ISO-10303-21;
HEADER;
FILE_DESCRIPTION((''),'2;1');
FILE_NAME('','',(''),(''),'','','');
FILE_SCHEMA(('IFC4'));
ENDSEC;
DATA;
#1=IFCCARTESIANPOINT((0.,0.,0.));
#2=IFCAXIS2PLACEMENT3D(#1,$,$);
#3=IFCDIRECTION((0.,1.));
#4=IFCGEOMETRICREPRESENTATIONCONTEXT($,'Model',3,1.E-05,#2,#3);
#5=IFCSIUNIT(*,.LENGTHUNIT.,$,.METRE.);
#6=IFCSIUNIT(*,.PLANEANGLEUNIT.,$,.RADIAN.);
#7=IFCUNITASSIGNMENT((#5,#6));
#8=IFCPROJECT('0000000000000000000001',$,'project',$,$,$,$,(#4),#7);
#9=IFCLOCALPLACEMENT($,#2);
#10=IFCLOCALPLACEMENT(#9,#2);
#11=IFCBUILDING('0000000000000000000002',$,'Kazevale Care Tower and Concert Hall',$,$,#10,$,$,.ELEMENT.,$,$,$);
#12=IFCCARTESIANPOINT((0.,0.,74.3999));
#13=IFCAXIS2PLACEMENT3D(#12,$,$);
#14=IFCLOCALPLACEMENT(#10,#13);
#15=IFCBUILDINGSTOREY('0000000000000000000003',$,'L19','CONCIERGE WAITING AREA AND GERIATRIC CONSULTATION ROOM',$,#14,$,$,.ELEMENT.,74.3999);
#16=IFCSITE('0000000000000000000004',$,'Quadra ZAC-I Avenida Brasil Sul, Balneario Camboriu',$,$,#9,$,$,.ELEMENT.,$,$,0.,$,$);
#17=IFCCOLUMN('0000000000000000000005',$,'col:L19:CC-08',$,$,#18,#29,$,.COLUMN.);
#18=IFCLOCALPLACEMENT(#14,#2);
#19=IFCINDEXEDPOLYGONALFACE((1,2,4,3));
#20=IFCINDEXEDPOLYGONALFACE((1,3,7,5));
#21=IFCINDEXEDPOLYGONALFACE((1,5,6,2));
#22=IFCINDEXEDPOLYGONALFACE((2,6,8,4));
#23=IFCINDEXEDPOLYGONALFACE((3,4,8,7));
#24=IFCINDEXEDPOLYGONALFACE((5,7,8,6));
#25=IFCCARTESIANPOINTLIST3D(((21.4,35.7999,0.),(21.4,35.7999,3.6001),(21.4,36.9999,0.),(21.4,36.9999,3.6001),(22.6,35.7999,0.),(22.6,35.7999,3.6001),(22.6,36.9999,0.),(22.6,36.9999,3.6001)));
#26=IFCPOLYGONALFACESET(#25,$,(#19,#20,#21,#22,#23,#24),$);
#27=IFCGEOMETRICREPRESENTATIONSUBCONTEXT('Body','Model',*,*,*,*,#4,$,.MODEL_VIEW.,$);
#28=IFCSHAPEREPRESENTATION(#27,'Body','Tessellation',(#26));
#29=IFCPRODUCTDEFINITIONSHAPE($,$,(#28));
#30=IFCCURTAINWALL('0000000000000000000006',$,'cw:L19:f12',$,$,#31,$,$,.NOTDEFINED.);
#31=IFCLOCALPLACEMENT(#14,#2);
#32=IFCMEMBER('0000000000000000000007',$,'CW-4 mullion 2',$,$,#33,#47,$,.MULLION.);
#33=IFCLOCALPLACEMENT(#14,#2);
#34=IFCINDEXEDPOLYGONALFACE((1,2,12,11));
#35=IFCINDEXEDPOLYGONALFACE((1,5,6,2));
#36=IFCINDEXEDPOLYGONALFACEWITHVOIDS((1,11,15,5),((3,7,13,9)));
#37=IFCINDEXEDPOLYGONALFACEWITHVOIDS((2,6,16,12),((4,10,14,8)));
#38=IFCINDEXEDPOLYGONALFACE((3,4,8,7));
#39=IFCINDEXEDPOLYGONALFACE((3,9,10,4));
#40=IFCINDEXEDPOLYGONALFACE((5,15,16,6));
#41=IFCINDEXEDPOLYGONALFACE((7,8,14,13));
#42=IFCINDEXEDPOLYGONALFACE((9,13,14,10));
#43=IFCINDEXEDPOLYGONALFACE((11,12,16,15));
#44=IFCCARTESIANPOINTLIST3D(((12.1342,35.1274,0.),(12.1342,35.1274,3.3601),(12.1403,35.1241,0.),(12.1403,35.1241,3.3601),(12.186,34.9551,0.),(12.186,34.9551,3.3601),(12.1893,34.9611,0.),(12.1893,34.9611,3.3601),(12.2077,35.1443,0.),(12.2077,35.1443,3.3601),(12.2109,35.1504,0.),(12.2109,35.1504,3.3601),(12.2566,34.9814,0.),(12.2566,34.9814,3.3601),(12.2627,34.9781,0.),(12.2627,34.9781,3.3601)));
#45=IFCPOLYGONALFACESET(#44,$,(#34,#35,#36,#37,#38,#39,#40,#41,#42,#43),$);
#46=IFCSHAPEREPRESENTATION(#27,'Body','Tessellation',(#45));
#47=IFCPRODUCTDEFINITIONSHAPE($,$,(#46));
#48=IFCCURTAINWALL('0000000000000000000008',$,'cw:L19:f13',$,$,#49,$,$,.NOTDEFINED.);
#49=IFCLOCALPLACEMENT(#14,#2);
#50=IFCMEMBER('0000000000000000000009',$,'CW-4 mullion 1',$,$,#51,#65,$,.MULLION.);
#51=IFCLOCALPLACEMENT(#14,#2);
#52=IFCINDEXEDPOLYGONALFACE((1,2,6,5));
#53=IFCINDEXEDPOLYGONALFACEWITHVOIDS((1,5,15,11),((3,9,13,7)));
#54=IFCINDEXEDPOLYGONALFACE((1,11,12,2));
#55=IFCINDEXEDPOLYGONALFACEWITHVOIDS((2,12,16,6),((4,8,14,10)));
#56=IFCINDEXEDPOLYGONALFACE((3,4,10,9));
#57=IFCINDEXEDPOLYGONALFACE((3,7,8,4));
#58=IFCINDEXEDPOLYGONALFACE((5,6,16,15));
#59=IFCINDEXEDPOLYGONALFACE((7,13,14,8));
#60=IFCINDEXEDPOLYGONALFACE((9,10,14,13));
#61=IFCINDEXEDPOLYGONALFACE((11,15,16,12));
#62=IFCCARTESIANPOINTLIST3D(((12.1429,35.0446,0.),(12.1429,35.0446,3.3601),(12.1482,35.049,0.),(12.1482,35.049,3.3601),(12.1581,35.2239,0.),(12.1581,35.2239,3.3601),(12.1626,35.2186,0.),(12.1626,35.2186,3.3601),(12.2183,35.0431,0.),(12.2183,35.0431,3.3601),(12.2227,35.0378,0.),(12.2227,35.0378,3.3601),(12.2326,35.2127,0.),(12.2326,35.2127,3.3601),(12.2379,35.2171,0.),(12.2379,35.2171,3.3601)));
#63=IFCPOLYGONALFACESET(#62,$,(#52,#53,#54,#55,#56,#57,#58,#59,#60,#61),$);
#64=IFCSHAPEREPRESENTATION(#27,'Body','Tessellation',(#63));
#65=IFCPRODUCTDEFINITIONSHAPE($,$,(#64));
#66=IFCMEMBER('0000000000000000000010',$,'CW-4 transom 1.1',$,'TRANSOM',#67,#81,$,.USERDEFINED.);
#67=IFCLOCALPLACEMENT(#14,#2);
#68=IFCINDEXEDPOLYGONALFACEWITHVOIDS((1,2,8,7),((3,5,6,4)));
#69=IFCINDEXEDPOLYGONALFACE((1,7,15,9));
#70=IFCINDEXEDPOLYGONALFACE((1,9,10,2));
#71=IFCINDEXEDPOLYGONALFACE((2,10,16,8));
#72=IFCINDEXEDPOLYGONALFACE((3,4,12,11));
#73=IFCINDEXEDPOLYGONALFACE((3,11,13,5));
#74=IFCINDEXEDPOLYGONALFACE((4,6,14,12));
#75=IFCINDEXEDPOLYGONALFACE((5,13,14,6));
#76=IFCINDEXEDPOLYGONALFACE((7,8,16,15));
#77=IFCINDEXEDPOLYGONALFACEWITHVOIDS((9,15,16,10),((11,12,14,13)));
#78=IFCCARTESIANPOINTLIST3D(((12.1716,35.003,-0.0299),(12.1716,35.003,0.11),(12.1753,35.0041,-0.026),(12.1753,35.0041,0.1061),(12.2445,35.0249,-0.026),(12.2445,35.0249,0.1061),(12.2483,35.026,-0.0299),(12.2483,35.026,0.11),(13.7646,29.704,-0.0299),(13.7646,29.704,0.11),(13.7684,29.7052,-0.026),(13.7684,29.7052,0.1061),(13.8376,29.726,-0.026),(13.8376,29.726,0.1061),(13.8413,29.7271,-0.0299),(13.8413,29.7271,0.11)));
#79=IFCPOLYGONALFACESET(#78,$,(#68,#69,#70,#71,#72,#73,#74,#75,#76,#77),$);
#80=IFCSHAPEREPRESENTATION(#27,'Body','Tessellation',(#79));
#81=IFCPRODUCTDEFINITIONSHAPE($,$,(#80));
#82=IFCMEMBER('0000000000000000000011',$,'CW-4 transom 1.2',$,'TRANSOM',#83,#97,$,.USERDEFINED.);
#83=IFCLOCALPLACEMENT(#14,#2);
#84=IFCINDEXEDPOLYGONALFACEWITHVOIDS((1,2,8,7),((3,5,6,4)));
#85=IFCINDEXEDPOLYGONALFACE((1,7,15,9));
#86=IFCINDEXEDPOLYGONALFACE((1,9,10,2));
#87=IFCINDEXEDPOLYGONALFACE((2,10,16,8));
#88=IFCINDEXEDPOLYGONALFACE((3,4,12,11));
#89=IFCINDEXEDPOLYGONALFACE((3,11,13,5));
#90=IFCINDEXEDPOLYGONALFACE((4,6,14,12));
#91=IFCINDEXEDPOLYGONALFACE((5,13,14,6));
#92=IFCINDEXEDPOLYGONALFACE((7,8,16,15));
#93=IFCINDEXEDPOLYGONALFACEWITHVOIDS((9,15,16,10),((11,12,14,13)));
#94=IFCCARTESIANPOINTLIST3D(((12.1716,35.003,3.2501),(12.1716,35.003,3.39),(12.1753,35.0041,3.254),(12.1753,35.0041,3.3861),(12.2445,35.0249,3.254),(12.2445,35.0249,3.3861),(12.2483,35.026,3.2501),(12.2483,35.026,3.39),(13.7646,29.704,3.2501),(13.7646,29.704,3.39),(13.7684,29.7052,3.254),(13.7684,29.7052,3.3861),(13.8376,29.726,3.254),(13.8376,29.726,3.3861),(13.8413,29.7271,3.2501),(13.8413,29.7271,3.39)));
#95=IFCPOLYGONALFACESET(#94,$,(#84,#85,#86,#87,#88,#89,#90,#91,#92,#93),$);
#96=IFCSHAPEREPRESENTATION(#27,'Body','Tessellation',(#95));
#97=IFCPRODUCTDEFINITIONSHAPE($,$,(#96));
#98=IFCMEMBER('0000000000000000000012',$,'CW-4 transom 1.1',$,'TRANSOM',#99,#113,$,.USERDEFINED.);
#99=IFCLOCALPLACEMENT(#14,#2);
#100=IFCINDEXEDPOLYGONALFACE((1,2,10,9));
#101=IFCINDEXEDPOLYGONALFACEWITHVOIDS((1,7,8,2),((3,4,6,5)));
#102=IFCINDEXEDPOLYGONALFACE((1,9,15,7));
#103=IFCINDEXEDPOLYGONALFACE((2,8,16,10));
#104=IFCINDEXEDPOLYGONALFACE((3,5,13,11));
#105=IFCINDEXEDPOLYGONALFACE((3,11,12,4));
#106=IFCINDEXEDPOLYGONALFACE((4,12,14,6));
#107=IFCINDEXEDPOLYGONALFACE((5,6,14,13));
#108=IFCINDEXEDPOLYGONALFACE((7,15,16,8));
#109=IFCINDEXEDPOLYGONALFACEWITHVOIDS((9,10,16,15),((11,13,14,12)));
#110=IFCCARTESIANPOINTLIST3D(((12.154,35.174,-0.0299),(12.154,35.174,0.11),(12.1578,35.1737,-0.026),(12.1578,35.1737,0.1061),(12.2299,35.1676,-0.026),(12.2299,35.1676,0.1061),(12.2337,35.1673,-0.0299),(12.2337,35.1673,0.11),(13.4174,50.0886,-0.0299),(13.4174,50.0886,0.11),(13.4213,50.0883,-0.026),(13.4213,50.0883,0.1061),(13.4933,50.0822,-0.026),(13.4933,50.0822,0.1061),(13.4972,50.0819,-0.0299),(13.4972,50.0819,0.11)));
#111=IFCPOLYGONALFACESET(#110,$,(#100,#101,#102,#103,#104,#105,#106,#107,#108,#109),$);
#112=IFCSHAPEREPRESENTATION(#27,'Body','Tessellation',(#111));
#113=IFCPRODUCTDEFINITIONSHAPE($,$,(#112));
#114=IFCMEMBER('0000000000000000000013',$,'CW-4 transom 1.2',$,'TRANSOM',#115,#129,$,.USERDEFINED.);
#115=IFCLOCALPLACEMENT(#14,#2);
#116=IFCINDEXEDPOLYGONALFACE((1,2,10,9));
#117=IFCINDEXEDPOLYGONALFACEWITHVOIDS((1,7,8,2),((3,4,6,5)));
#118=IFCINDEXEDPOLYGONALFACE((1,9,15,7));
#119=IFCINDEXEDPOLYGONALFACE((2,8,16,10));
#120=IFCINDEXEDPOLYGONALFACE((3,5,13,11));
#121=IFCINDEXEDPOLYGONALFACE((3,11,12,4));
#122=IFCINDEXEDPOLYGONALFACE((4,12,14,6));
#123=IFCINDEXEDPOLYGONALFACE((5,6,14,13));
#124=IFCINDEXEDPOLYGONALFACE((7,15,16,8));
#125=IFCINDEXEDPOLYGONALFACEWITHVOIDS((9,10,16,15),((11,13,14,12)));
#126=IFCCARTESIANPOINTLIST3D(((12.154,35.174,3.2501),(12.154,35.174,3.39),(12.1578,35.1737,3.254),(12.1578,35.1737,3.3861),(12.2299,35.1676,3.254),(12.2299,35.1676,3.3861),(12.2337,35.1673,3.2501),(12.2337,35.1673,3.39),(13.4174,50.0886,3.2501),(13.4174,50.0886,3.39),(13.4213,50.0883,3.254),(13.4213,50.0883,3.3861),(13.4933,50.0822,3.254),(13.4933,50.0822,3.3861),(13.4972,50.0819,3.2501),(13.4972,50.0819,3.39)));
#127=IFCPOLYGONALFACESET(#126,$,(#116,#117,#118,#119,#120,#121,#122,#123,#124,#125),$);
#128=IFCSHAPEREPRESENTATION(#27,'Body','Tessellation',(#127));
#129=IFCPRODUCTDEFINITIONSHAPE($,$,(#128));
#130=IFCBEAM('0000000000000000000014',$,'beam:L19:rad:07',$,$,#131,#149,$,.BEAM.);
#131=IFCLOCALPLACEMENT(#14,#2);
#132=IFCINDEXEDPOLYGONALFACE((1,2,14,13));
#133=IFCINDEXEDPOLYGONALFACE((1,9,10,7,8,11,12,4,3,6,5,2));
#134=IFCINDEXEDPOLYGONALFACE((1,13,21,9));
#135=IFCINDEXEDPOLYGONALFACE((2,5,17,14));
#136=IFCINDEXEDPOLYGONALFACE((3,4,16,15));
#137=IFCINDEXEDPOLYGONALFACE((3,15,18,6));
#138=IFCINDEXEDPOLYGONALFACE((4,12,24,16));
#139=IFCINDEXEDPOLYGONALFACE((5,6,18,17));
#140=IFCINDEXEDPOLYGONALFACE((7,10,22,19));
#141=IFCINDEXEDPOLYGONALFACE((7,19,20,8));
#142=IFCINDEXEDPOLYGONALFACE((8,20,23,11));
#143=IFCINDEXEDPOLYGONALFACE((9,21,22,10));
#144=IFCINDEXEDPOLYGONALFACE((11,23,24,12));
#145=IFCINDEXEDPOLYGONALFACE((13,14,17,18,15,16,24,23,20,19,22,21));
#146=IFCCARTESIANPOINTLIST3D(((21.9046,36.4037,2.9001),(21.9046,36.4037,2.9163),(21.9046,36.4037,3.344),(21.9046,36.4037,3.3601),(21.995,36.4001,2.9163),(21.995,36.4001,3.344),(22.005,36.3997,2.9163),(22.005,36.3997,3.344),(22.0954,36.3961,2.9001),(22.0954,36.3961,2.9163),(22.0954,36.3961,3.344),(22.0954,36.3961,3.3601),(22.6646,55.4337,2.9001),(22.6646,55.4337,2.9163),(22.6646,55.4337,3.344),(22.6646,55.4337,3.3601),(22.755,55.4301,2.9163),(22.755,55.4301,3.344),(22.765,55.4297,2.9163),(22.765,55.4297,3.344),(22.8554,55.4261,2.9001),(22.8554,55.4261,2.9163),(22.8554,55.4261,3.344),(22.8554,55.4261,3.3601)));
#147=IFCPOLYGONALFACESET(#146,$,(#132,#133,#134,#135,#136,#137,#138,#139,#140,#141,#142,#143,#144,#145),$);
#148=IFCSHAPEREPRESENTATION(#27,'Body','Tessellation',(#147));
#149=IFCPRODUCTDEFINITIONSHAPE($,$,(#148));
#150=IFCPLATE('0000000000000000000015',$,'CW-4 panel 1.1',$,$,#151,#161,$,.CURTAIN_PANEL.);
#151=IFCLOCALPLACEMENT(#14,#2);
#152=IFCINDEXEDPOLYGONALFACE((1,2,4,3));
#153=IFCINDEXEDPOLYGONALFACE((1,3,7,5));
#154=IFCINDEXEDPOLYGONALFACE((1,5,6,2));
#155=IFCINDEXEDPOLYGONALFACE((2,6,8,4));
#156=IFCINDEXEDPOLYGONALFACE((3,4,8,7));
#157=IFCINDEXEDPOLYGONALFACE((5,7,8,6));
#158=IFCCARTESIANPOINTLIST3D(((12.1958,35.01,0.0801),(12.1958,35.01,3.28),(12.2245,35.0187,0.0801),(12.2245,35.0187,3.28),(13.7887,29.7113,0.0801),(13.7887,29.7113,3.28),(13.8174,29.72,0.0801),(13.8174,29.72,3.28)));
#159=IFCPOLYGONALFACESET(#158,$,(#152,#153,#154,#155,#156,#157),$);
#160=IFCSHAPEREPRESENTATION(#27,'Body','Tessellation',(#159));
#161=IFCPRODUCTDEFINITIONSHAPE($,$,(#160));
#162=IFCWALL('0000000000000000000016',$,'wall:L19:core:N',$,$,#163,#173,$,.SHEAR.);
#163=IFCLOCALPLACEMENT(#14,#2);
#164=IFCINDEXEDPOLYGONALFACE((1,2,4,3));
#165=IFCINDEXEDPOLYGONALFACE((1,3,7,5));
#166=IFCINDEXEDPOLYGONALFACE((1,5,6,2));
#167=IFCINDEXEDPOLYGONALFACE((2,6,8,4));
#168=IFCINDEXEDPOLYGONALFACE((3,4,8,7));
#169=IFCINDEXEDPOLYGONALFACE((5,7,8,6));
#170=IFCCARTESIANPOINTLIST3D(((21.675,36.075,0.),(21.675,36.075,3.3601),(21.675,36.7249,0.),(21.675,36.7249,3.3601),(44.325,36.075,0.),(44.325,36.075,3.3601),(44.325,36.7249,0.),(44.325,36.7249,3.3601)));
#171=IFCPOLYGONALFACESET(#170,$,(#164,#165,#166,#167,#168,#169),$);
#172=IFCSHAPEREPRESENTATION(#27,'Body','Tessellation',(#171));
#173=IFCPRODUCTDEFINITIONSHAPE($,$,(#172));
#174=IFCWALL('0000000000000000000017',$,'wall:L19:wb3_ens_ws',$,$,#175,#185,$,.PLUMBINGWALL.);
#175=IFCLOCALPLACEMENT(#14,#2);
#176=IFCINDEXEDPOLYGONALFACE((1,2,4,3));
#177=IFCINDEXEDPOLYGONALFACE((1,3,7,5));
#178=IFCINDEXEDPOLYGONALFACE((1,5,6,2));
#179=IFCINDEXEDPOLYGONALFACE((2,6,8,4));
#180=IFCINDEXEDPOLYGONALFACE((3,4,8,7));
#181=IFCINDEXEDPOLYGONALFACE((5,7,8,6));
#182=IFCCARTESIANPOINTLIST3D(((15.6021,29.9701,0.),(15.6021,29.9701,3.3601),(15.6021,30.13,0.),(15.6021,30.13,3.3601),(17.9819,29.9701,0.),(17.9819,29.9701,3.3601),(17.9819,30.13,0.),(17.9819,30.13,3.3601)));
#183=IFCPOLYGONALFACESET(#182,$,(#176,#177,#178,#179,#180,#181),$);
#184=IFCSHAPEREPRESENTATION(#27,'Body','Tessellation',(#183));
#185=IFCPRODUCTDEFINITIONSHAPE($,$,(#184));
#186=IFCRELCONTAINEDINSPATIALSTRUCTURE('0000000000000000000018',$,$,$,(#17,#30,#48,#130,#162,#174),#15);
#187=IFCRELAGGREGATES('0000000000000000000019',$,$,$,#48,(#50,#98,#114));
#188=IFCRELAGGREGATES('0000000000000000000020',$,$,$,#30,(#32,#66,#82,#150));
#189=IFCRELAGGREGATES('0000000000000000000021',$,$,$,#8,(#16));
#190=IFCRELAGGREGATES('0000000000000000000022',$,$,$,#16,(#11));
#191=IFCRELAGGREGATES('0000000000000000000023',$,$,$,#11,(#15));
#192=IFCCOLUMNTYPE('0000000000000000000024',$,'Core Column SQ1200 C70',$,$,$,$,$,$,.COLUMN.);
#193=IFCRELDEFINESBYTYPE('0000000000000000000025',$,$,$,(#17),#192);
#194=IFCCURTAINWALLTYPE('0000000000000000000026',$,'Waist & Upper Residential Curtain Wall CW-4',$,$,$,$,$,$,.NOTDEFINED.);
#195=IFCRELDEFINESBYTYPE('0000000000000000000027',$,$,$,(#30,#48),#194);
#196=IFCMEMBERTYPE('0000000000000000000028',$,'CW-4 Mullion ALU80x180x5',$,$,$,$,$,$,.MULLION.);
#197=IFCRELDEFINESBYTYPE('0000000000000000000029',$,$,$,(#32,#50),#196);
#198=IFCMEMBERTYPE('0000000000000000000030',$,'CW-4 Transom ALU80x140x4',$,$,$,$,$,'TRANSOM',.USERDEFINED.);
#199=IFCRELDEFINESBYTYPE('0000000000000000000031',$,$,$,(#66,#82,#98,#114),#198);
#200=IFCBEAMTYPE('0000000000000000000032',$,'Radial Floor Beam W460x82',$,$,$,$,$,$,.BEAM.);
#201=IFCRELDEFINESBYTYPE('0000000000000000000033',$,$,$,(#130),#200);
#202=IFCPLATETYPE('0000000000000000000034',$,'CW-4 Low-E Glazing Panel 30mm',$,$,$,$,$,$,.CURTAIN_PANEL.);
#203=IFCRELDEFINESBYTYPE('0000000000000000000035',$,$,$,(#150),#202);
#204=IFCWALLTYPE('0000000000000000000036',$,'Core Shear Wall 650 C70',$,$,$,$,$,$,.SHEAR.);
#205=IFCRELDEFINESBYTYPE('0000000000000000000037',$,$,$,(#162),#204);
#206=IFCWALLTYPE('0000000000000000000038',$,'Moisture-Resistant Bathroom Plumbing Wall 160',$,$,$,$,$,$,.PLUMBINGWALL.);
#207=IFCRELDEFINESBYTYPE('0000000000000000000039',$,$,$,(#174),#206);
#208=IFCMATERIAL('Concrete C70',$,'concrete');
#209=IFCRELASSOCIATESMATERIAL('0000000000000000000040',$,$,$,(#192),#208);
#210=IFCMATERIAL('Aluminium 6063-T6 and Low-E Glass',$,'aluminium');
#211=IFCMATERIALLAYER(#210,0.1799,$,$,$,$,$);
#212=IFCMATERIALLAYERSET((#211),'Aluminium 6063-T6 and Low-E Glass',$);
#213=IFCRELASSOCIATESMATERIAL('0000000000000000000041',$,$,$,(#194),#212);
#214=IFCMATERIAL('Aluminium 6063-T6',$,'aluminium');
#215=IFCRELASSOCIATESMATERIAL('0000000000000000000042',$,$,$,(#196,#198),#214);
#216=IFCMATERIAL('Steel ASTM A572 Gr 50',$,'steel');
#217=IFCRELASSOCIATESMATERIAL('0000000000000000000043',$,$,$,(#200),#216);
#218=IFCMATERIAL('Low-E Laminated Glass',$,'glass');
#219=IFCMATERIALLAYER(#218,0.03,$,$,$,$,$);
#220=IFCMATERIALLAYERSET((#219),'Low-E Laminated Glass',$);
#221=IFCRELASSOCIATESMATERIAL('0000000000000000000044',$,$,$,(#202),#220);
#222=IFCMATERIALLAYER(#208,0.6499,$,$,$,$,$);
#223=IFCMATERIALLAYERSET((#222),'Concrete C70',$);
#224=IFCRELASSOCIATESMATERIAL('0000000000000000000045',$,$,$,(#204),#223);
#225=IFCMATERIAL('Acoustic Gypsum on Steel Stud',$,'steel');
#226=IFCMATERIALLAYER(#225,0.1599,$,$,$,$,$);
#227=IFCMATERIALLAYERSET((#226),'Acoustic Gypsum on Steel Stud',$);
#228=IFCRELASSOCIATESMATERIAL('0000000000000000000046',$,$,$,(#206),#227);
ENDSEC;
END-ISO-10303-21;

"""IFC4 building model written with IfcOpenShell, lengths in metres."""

from ifc_helpers import new_model, si_unit, direction, frame, frame_2d, origin, origin_2d, place, context, subcontext, project, spatial, rectangle, hollow_rectangle, i_section, extrude, material, layer, layer_set, material_profile, profile_set, type_object, element, aggregate, save


model = new_model("IFC4")

# Units and contexts
model_context = context("Model", 3, precision=1e-05, world=origin(), true_north=direction((0.0, 1.0)))
body_context = subcontext(model_context, "Body", "Model", "MODEL_VIEW")
ifc_project = project(units=[si_unit("LENGTHUNIT", "METRE"), si_unit("PLANEANGLEUNIT", "RADIAN")], contexts=[model_context])

# Site, building, storey
site_placement = place(None, origin())
site = spatial("IfcSite", under=ifc_project, at=site_placement, Name="Quadra ZAC-I Avenida Brasil Sul, Balneario Camboriu", CompositionType="ELEMENT", RefElevation=0.0)
building_placement = place(site_placement, origin())
building = spatial("IfcBuilding", under=site, at=building_placement, Name="Kazevale Care Tower and Concert Hall", CompositionType="ELEMENT")
storey_placement = place(building_placement, frame((0.0, 0.0, 74.3999)))
storey = spatial("IfcBuildingStorey", under=building, at=storey_placement, Name="L19", Description="CONCIERGE WAITING AREA AND GERIATRIC CONSULTATION ROOM", CompositionType="ELEMENT", Elevation=74.3999)

# Column
ifc_material_1 = material(Name="Concrete C70", Category="concrete")
ifc_material_profile_1 = material_profile(ifc_material_1, rectangle(XDim=1.2, YDim=1.2, at=origin_2d()), Name="RC-SQ1200")
ifc_profile_set_1 = profile_set([ifc_material_profile_1], Name="Concrete C70")
column_type = type_object("IfcColumnType", Name="Core Column SQ1200 C70", PredefinedType="COLUMN", material=ifc_profile_set_1)
column_placement = place(storey_placement, frame((22.0, 36.3999, 0.0), z_axis=(0.0, 0.0, 1.0), x_axis=(1.0, 0.0, 0.0)))
element("IfcColumn", 1, at=column_placement, inside=storey, type_object=column_type, Name="col:L19:CC-08", PredefinedType="COLUMN", context=body_context, shape_type="SweptSolid", body=[
    extrude(rectangle(XDim=1.2, YDim=1.2, at=origin_2d()), origin(), (0.0, 0.0, 1.0), 3.6001),
])

# Curtain walls, members
ifc_material_2 = material(Name="Aluminium 6063-T6 and Low-E Glass", Category="aluminium")
ifc_layer_1 = layer(ifc_material_2, 0.1799)
ifc_layer_set_1 = layer_set([ifc_layer_1], Name="Aluminium 6063-T6 and Low-E Glass")
curtain_wall_type = type_object("IfcCurtainWallType", Name="Waist & Upper Residential Curtain Wall CW-4", PredefinedType="NOTDEFINED", material=ifc_layer_set_1)
curtain_wall_1_placement = place(storey_placement, origin())
curtain_wall_1 = element("IfcCurtainWall", 2, at=curtain_wall_1_placement, inside=storey, type_object=curtain_wall_type, Name="cw:L19:f12", PredefinedType="NOTDEFINED")
ifc_material_3 = material(Name="Aluminium 6063-T6", Category="aluminium")
ifc_material_profile_2 = material_profile(ifc_material_3, hollow_rectangle(XDim=0.0801, YDim=0.1799, WallThickness=0.0049, at=origin_2d()), Name="ALU80x180x5")
ifc_profile_set_2 = profile_set([ifc_material_profile_2], Name="Aluminium 6063-T6")
member_type_1 = type_object("IfcMemberType", Name="CW-4 Mullion ALU80x180x5", PredefinedType="MULLION", material=ifc_profile_set_2)
member_1_placement = place(storey_placement, frame((12.1985, 35.0527, 0.0), z_axis=(0.0, 0.0, 1.0), x_axis=(-0.957662, -0.287896, 0.0)))
member_1 = element("IfcMember", 3, at=member_1_placement, type_object=member_type_1, Name="CW-4 mullion 2", PredefinedType="MULLION", context=body_context, shape_type="SweptSolid", body=[
    extrude(hollow_rectangle(XDim=0.0801, YDim=0.1799, WallThickness=0.0049, at=origin_2d()), origin(), (0.0, 0.0, 1.0), 3.3601),
])
curtain_wall_2_placement = place(storey_placement, origin())
curtain_wall_2 = element("IfcCurtainWall", 4, at=curtain_wall_2_placement, inside=storey, type_object=curtain_wall_type, Name="cw:L19:f13", PredefinedType="NOTDEFINED")
member_2_placement = place(storey_placement, frame((12.1904, 35.1309, 0.0), z_axis=(0.0, 0.0, 1.0), x_axis=(-0.996431, 0.084413, 0.0)))
member_2 = element("IfcMember", 5, at=member_2_placement, type_object=member_type_1, Name="CW-4 mullion 1", PredefinedType="MULLION", context=body_context, shape_type="SweptSolid", body=[
    extrude(hollow_rectangle(XDim=0.0801, YDim=0.1799, WallThickness=0.0049, at=origin_2d()), origin(), (0.0, 0.0, 1.0), 3.3601),
])

# Members
ifc_material_profile_3 = material_profile(ifc_material_3, hollow_rectangle(XDim=0.0801, YDim=0.1399, WallThickness=0.0039, at=origin_2d()), Name="ALU80x140x4")
ifc_profile_set_3 = profile_set([ifc_material_profile_3], Name="Aluminium 6063-T6")
member_type_2 = type_object("IfcMemberType", Name="CW-4 Transom ALU80x140x4", ElementType="TRANSOM", PredefinedType="USERDEFINED", material=ifc_profile_set_3)
member_3_placement = place(storey_placement, frame((13.803, 29.7156, 0.04), z_axis=(-0.287906, 0.957659, 0.0), x_axis=(-0.957659, -0.287906, 0.0)))
member_3 = element("IfcMember", 6, at=member_3_placement, type_object=member_type_2, Name="CW-4 transom 1.1", ObjectType="TRANSOM", PredefinedType="USERDEFINED", context=body_context, shape_type="SweptSolid", body=[
    extrude(hollow_rectangle(XDim=0.0801, YDim=0.1399, WallThickness=0.0039, at=origin_2d()), origin(), (0.0, 0.0, 1.0), 5.5332),
])
member_4_placement = place(storey_placement, frame((13.803, 29.7156, 3.3201), z_axis=(-0.287906, 0.957659, 0.0), x_axis=(-0.957659, -0.287906, 0.0)))
member_4 = element("IfcMember", 7, at=member_4_placement, type_object=member_type_2, Name="CW-4 transom 1.2", ObjectType="TRANSOM", PredefinedType="USERDEFINED", context=body_context, shape_type="SweptSolid", body=[
    extrude(hollow_rectangle(XDim=0.0801, YDim=0.1399, WallThickness=0.0039, at=origin_2d()), origin(), (0.0, 0.0, 1.0), 5.5332),
])
member_5_placement = place(storey_placement, frame((12.1938, 35.1707, 0.04), z_axis=(0.084409, 0.996431, 0.0), x_axis=(-0.996431, 0.084409, 0.0)))
member_5 = element("IfcMember", 8, at=member_5_placement, type_object=member_type_2, Name="CW-4 transom 1.1", ObjectType="TRANSOM", PredefinedType="USERDEFINED", context=body_context, shape_type="SweptSolid", body=[
    extrude(hollow_rectangle(XDim=0.0801, YDim=0.1399, WallThickness=0.0039, at=origin_2d()), origin(), (0.0, 0.0, 1.0), 14.968),
])
member_6_placement = place(storey_placement, frame((12.1938, 35.1707, 3.3201), z_axis=(0.084409, 0.996431, 0.0), x_axis=(-0.996431, 0.084409, 0.0)))
member_6 = element("IfcMember", 9, at=member_6_placement, type_object=member_type_2, Name="CW-4 transom 1.2", ObjectType="TRANSOM", PredefinedType="USERDEFINED", context=body_context, shape_type="SweptSolid", body=[
    extrude(hollow_rectangle(XDim=0.0801, YDim=0.1399, WallThickness=0.0039, at=origin_2d()), origin(), (0.0, 0.0, 1.0), 14.968),
])
aggregate(curtain_wall_2, [member_2, member_5, member_6])

# Beam
ifc_material_4 = material(Name="Steel ASTM A572 Gr 50", Category="steel")
ifc_material_profile_4 = material_profile(ifc_material_4, i_section(OverallWidth=0.1909, OverallDepth=0.46, WebThickness=0.01, FlangeThickness=0.0161, at=origin_2d()), Name="W460x82")
ifc_profile_set_4 = profile_set([ifc_material_profile_4], Name="Steel ASTM A572 Gr 50")
beam_type = type_object("IfcBeamType", Name="Radial Floor Beam W460x82", PredefinedType="BEAM", material=ifc_profile_set_4)
beam_placement = place(storey_placement, frame((22.0, 36.3999, 3.1301), z_axis=(0.039906, 0.999203, 0.0), x_axis=(-0.999203, 0.039906, 0.0)))
element("IfcBeam", 10, at=beam_placement, inside=storey, type_object=beam_type, Name="beam:L19:rad:07", PredefinedType="BEAM", context=body_context, shape_type="SweptSolid", body=[
    extrude(i_section(OverallWidth=0.1909, OverallDepth=0.46, WebThickness=0.01, FlangeThickness=0.0161, at=origin_2d()), origin(), (0.0, 0.0, 1.0), 19.0452),
])

# Plate
ifc_material_5 = material(Name="Low-E Laminated Glass", Category="glass")
ifc_layer_2 = layer(ifc_material_5, 0.03)
ifc_layer_set_2 = layer_set([ifc_layer_2], Name="Low-E Laminated Glass")
plate_type = type_object("IfcPlateType", Name="CW-4 Low-E Glazing Panel 30mm", PredefinedType="CURTAIN_PANEL", material=ifc_layer_set_2)
plate_placement = place(storey_placement, frame((13.0066, 32.365, 0.0801), z_axis=(0.0, 0.0, 1.0), x_axis=(-0.287896, 0.957662, 0.0)))
plate = element("IfcPlate", 11, at=plate_placement, type_object=plate_type, Name="CW-4 panel 1.1", PredefinedType="CURTAIN_PANEL", context=body_context, shape_type="SweptSolid", body=[
    extrude(rectangle(XDim=5.533, YDim=0.03, at=origin_2d()), origin(), (0.0, 0.0, 1.0), 3.2),
])
aggregate(curtain_wall_1, [member_1, member_3, member_4, plate])

# Walls
ifc_layer_3 = layer(ifc_material_1, 0.6499)
ifc_layer_set_3 = layer_set([ifc_layer_3], Name="Concrete C70")
wall_type_1 = type_object("IfcWallType", Name="Core Shear Wall 650 C70", PredefinedType="SHEAR", material=ifc_layer_set_3)
wall_1_placement = place(storey_placement, frame((21.675, 36.3999, 0.0), z_axis=(0.0, 0.0, 1.0), x_axis=(1.0, 0.0, 0.0)))
element("IfcWall", 12, at=wall_1_placement, inside=storey, type_object=wall_type_1, Name="wall:L19:core:N", PredefinedType="SHEAR", context=body_context, shape_type="SweptSolid", body=[
    extrude(rectangle(XDim=22.6499, YDim=0.6499, at=frame_2d((11.325, 0.0))), origin(), (0.0, 0.0, 1.0), 3.3601),
])
ifc_material_6 = material(Name="Acoustic Gypsum on Steel Stud", Category="steel")
ifc_layer_4 = layer(ifc_material_6, 0.1599)
ifc_layer_set_4 = layer_set([ifc_layer_4], Name="Acoustic Gypsum on Steel Stud")
wall_type_2 = type_object("IfcWallType", Name="Moisture-Resistant Bathroom Plumbing Wall 160", PredefinedType="PLUMBINGWALL", material=ifc_layer_set_4)
wall_2_placement = place(storey_placement, frame((15.6021, 30.05, 0.0), z_axis=(0.0, 0.0, 1.0), x_axis=(1.0, 0.0, 0.0)))
element("IfcWall", 13, at=wall_2_placement, inside=storey, type_object=wall_type_2, Name="wall:L19:wb3_ens_ws", PredefinedType="PLUMBINGWALL", context=body_context, shape_type="SweptSolid", body=[
    extrude(rectangle(XDim=2.3799, YDim=0.1599, at=frame_2d((1.1899, 0.0))), origin(), (0.0, 0.0, 1.0), 3.3601),
])

save(model, "model.ifc")
